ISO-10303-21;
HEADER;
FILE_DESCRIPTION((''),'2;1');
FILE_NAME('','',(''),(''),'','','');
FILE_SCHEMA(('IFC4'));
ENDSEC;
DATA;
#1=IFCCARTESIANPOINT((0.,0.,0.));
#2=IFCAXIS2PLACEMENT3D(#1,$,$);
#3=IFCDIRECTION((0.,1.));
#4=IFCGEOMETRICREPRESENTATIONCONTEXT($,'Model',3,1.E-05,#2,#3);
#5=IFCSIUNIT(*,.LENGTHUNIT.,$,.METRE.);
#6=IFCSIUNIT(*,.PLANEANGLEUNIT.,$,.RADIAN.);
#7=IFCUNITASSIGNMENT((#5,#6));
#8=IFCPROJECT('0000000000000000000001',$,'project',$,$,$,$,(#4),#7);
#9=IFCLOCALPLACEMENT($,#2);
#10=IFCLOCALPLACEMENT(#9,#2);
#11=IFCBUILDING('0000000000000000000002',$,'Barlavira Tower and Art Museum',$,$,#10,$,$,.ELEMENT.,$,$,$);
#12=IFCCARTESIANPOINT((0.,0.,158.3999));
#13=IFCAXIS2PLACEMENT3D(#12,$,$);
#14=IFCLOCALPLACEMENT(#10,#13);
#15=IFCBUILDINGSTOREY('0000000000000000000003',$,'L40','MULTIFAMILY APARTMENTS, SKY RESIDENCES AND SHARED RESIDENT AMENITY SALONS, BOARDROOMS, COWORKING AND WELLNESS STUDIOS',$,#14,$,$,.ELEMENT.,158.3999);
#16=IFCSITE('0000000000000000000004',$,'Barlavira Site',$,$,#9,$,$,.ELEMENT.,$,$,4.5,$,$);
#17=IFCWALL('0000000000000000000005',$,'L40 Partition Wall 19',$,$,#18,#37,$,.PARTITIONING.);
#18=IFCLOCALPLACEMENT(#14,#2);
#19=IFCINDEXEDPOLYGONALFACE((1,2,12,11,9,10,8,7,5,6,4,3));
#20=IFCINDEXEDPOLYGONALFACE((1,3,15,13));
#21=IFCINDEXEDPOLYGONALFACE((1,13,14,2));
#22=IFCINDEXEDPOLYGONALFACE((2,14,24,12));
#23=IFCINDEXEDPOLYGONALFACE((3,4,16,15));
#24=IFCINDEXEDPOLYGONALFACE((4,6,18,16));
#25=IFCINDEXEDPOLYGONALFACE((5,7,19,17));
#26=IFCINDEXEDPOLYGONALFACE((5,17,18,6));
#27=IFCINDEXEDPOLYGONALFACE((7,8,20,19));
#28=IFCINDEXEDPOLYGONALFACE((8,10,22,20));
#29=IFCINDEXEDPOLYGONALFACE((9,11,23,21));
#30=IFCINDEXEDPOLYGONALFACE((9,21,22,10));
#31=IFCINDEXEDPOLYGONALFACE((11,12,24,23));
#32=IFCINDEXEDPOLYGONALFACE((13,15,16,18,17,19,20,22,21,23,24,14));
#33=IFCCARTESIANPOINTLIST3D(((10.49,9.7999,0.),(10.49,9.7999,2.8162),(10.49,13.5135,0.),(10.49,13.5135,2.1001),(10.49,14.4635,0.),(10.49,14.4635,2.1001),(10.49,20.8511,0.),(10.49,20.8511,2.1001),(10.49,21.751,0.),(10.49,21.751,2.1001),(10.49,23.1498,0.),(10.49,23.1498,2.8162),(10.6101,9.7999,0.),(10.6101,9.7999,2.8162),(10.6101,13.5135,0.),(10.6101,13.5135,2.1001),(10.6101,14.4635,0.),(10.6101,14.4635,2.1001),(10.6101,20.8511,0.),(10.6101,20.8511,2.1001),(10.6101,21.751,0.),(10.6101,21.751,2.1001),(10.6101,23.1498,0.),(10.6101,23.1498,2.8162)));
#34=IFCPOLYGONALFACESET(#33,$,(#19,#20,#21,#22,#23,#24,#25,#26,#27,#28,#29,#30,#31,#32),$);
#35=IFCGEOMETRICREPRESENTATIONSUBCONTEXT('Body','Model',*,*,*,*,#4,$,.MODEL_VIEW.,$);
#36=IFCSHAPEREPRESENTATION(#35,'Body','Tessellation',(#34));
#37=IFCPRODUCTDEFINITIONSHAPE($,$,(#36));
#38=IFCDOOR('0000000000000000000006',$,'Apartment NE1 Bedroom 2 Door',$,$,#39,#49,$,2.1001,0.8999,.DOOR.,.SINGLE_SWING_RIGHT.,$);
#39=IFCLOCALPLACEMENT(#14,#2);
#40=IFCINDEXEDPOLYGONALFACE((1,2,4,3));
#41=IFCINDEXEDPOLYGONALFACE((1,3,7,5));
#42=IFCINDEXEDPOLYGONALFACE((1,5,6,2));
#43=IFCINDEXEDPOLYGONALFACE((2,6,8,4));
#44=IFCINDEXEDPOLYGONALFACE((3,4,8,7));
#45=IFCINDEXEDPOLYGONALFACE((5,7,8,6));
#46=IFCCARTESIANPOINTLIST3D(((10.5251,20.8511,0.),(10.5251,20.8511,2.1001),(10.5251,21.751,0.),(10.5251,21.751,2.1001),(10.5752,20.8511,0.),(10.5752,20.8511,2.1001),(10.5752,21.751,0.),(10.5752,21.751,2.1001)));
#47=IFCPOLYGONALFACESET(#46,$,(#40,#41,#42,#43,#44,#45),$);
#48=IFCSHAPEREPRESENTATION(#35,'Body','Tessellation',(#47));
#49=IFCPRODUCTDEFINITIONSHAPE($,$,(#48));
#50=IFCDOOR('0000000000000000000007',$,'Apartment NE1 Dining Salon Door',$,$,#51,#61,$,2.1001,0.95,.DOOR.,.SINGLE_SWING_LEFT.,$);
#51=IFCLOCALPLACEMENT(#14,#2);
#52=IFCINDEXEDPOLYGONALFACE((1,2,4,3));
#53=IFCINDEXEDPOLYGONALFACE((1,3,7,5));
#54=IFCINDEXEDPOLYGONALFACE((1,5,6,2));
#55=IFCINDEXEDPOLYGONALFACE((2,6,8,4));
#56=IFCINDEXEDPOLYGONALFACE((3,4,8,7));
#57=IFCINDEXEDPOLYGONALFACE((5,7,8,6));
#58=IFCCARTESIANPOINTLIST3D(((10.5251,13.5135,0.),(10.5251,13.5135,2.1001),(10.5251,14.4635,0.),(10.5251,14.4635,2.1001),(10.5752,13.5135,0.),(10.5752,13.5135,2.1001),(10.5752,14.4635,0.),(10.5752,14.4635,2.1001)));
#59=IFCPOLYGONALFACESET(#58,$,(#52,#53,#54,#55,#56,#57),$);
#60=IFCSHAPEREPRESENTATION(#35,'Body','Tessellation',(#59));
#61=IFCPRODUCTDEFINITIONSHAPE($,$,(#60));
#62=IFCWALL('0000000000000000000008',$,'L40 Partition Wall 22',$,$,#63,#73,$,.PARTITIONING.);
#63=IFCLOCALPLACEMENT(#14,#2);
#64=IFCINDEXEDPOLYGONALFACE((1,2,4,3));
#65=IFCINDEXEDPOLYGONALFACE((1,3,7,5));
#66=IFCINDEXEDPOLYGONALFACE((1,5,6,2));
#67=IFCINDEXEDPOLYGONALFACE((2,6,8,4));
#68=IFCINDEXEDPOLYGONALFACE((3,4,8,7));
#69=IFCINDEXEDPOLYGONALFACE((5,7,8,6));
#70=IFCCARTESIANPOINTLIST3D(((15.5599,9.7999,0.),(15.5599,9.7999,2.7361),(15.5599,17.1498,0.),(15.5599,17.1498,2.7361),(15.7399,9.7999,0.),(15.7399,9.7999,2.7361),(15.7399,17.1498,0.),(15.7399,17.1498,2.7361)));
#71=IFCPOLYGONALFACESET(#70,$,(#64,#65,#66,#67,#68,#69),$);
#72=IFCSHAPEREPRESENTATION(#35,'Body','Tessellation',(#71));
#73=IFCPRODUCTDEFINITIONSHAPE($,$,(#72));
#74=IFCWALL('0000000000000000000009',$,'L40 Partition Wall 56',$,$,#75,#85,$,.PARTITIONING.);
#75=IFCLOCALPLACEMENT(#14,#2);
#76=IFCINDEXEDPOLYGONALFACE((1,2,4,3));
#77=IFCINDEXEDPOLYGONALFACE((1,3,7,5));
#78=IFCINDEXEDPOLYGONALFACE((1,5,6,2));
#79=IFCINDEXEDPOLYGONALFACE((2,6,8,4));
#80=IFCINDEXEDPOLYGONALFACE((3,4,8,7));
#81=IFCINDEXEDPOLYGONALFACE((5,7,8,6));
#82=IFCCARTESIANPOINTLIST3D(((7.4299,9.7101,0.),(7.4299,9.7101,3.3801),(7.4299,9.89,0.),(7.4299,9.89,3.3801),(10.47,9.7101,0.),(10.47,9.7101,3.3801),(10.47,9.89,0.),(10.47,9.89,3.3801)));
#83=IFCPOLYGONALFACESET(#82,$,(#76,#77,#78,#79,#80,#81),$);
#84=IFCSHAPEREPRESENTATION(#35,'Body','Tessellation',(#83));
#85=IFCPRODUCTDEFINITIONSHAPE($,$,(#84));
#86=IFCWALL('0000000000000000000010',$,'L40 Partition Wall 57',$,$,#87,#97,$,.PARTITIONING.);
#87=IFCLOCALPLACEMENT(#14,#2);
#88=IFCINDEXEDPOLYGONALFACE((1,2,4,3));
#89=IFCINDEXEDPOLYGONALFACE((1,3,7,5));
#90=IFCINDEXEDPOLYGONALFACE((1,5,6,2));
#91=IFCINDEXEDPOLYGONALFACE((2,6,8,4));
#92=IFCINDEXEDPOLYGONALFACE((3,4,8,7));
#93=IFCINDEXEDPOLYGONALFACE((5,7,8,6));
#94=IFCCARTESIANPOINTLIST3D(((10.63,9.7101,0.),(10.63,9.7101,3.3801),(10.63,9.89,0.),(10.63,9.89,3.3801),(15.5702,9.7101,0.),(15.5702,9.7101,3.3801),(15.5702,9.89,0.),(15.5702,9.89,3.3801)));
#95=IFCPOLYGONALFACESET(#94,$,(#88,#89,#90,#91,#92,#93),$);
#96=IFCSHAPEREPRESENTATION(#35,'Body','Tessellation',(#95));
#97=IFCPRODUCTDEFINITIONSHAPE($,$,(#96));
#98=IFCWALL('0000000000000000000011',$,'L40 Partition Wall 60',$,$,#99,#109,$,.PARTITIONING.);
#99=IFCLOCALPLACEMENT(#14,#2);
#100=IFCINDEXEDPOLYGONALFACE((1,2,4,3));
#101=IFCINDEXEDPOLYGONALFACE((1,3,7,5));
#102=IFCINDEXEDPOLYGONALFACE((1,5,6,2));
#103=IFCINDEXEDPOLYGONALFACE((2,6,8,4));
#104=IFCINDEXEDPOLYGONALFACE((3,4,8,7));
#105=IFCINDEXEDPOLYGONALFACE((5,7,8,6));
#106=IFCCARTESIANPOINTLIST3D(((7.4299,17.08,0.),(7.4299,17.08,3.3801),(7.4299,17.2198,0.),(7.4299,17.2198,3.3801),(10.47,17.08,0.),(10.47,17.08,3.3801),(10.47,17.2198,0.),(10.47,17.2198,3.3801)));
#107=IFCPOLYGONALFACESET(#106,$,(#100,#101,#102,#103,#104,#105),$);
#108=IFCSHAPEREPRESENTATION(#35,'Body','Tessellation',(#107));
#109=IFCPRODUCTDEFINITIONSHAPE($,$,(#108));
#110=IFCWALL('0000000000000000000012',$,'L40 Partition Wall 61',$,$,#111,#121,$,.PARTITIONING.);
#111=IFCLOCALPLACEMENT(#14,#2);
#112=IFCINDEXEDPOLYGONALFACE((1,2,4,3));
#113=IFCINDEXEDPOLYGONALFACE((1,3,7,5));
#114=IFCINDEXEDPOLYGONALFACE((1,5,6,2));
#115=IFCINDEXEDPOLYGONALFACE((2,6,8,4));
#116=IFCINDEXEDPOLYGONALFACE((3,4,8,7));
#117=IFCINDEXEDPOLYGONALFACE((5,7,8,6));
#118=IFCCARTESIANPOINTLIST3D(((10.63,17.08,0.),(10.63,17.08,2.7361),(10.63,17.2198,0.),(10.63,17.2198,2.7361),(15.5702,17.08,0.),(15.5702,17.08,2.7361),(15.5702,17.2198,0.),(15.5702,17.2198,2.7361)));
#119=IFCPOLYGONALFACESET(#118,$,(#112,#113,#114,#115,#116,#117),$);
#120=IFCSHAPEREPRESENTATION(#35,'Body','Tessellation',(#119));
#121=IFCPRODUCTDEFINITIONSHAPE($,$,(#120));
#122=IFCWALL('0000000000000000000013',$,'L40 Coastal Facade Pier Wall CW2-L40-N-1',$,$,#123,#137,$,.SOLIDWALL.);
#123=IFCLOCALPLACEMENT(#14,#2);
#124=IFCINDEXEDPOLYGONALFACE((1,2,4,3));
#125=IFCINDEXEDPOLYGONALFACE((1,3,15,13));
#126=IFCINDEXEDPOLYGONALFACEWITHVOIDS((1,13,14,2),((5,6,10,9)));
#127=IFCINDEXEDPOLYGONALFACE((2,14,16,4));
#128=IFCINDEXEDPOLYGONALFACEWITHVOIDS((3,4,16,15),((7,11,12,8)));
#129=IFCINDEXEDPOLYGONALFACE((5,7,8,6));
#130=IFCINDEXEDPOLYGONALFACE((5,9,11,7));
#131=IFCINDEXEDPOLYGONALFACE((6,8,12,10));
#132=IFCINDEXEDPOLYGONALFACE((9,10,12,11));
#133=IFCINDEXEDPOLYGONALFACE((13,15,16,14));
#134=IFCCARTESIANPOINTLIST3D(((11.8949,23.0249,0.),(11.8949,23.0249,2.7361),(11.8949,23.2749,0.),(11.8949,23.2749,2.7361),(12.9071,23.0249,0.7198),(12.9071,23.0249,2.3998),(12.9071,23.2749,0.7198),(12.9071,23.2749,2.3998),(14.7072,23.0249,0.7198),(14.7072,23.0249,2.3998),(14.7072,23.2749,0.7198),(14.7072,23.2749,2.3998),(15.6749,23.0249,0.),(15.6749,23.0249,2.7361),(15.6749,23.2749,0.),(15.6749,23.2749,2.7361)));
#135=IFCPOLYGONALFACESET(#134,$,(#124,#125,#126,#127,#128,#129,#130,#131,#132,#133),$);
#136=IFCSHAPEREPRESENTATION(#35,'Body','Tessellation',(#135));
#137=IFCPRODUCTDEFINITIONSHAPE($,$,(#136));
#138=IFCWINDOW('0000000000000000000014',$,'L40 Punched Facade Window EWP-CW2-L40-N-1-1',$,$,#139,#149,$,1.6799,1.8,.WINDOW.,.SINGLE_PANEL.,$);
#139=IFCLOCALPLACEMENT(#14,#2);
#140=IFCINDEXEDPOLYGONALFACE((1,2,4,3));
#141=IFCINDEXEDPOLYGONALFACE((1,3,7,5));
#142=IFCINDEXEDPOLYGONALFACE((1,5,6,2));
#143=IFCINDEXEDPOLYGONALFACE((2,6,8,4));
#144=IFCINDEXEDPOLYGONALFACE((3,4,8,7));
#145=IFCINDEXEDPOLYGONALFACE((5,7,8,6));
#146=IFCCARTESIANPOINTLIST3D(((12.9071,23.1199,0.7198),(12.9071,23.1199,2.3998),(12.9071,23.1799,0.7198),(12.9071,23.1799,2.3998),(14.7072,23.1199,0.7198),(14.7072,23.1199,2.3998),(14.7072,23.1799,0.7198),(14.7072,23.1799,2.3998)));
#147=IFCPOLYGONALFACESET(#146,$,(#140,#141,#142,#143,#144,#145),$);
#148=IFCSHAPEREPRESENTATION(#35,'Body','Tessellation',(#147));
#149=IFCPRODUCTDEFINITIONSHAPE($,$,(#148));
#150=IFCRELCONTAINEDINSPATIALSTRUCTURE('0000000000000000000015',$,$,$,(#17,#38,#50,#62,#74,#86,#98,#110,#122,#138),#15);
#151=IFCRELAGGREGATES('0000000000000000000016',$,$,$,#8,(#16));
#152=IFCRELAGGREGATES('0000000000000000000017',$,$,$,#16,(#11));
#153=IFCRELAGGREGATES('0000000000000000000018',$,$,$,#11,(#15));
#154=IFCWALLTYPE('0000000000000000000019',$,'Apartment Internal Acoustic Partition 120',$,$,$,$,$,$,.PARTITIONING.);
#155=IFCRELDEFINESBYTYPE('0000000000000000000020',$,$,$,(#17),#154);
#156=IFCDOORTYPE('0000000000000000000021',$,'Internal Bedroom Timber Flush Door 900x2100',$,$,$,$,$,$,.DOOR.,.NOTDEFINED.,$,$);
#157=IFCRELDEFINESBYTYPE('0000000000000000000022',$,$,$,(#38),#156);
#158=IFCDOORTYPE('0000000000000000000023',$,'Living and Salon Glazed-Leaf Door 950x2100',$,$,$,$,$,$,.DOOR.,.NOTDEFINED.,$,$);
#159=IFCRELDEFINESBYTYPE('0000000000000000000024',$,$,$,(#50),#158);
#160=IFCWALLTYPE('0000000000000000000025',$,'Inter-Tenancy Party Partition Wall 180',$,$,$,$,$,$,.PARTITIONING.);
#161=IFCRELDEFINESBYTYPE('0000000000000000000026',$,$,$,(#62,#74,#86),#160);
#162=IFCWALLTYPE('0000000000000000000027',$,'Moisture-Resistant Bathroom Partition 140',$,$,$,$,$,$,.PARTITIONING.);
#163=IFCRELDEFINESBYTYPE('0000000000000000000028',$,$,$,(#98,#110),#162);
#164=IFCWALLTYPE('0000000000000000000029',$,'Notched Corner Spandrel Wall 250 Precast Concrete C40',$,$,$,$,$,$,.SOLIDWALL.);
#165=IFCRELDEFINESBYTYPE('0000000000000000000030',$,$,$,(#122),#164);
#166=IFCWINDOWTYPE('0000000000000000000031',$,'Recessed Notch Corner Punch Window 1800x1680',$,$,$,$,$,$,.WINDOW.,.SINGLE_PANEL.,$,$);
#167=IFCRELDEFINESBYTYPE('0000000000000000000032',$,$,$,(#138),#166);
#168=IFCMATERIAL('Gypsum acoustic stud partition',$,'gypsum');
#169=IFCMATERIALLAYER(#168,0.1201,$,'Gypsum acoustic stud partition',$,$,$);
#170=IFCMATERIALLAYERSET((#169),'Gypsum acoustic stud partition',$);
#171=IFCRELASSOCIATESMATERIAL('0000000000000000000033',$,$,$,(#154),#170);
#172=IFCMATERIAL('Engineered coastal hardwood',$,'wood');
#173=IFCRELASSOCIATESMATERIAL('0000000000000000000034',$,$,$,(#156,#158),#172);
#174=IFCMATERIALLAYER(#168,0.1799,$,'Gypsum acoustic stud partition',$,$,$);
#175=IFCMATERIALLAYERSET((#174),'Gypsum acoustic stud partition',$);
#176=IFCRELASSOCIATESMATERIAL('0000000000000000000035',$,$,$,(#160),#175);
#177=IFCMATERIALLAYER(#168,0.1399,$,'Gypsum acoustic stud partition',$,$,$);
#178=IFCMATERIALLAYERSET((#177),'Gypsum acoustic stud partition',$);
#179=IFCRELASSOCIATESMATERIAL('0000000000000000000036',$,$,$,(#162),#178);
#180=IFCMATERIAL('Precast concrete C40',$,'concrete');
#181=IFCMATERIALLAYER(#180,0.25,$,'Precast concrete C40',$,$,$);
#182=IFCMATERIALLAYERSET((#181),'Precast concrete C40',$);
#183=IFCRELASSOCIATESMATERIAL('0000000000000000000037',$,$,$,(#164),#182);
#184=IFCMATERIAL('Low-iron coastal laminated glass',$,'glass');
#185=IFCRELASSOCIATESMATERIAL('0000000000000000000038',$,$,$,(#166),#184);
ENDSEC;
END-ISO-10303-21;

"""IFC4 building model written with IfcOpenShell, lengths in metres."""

from ifc_helpers import new_model, si_unit, direction, frame, frame_2d, origin, place, context, subcontext, project, spatial, rectangle, extrude, material, layer, layer_set, type_object, element, fill, save


model = new_model("IFC4")

# Units and contexts
model_context = context("Model", 3, precision=1e-05, world=origin(), true_north=direction((0.0, 1.0)))
body_context = subcontext(model_context, "Body", "Model", "MODEL_VIEW")
ifc_project = project(units=[si_unit("LENGTHUNIT", "METRE"), si_unit("PLANEANGLEUNIT", "RADIAN")], contexts=[model_context])

# Site, building, storey
site_placement = place(None, origin())
site = spatial("IfcSite", under=ifc_project, at=site_placement, Name="Barlavira Site", CompositionType="ELEMENT", RefElevation=4.5)
building_placement = place(site_placement, origin())
building = spatial("IfcBuilding", under=site, at=building_placement, Name="Barlavira Tower and Art Museum", CompositionType="ELEMENT")
storey_placement = place(building_placement, frame((0.0, 0.0, 158.3999)))
storey = spatial("IfcBuildingStorey", under=building, at=storey_placement, Name="L40", Description="MULTIFAMILY APARTMENTS, SKY RESIDENCES AND SHARED RESIDENT AMENITY SALONS, BOARDROOMS, COWORKING AND WELLNESS STUDIOS", CompositionType="ELEMENT", Elevation=158.3999)

# Wall, openings, doors
ifc_material_1 = material(Name="Gypsum acoustic stud partition", Category="gypsum")
ifc_layer_1 = layer(ifc_material_1, 0.1201, Name="Gypsum acoustic stud partition")
ifc_layer_set_1 = layer_set([ifc_layer_1], Name="Gypsum acoustic stud partition")
wall_type_1 = type_object("IfcWallType", Name="Apartment Internal Acoustic Partition 120", PredefinedType="PARTITIONING", material=ifc_layer_set_1)
wall_1_placement = place(storey_placement, frame((10.55, 9.8, 0.0), z_axis=(0.0, 0.0, 1.0), x_axis=(0.0, 1.0, 0.0)))
wall_1 = element("IfcWall", 1, at=wall_1_placement, inside=storey, type_object=wall_type_1, Name="L40 Partition Wall 19", PredefinedType="PARTITIONING", context=body_context, shape_type="SweptSolid", body=[
    extrude(rectangle(XDim=13.3499, YDim=0.1201, at=frame_2d((6.6748, 0.0))), origin(), (0.0, 0.0, 1.0), 2.8162),
])
opening_1_placement = place(wall_1_placement, frame((3.7134, 0.0, 0.0)))
opening_1 = element("IfcOpeningElement", 2, at=opening_1_placement, cuts=wall_1, PredefinedType="OPENING", context=body_context, shape_type="SweptSolid", body=[
    extrude(rectangle(XDim=0.95, YDim=2.1001, at=frame_2d((0.4751, 1.05))), frame((0.0, 0.0701, 0.0), z_axis=(0.0, -1.0, 0.0), x_axis=(1.0, 0.0, 0.0)), (0.0, 0.0, 1.0), 0.1401),
])
opening_2_placement = place(wall_1_placement, frame((11.051, 0.0, 0.0)))
opening_2 = element("IfcOpeningElement", 3, at=opening_2_placement, cuts=wall_1, PredefinedType="OPENING", context=body_context, shape_type="SweptSolid", body=[
    extrude(rectangle(XDim=0.8999, YDim=2.1001, at=frame_2d((0.45, 1.05))), frame((0.0, 0.0701, 0.0), z_axis=(0.0, -1.0, 0.0), x_axis=(1.0, 0.0, 0.0)), (0.0, 0.0, 1.0), 0.1401),
])
ifc_material_2 = material(Name="Engineered coastal hardwood", Category="wood")
door_type_1 = type_object("IfcDoorType", Name="Internal Bedroom Timber Flush Door 900x2100", OperationType="NOTDEFINED", PredefinedType="DOOR", material=ifc_material_2)
door_1_placement = place(opening_2_placement, origin())
door_1 = element("IfcDoor", 4, at=door_1_placement, inside=storey, type_object=door_type_1, Name="Apartment NE1 Bedroom 2 Door", OperationType="SINGLE_SWING_RIGHT", OverallHeight=2.1001, OverallWidth=0.8999, PredefinedType="DOOR", context=body_context, shape_type="SweptSolid", body=[
    extrude(rectangle(XDim=0.8999, YDim=2.1001, at=frame_2d((0.45, 1.05))), frame((0.0, 0.0249, 0.0), z_axis=(0.0, -1.0, 0.0), x_axis=(1.0, 0.0, 0.0)), (0.0, 0.0, 1.0), 0.05),
])
fill(opening_2, door_1)
door_type_2 = type_object("IfcDoorType", Name="Living and Salon Glazed-Leaf Door 950x2100", OperationType="NOTDEFINED", PredefinedType="DOOR", material=ifc_material_2)
door_2_placement = place(opening_1_placement, origin())
door_2 = element("IfcDoor", 5, at=door_2_placement, inside=storey, type_object=door_type_2, Name="Apartment NE1 Dining Salon Door", OperationType="SINGLE_SWING_LEFT", OverallHeight=2.1001, OverallWidth=0.95, PredefinedType="DOOR", context=body_context, shape_type="SweptSolid", body=[
    extrude(rectangle(XDim=0.95, YDim=2.1001, at=frame_2d((0.4751, 1.05))), frame((0.0, 0.0249, 0.0), z_axis=(0.0, -1.0, 0.0), x_axis=(1.0, 0.0, 0.0)), (0.0, 0.0, 1.0), 0.05),
])
fill(opening_1, door_2)

# Walls
ifc_layer_2 = layer(ifc_material_1, 0.1799, Name="Gypsum acoustic stud partition")
ifc_layer_set_2 = layer_set([ifc_layer_2], Name="Gypsum acoustic stud partition")
wall_type_2 = type_object("IfcWallType", Name="Inter-Tenancy Party Partition Wall 180", PredefinedType="PARTITIONING", material=ifc_layer_set_2)
wall_2_placement = place(storey_placement, frame((15.6499, 9.8, 0.0), z_axis=(0.0, 0.0, 1.0), x_axis=(0.0, 1.0, 0.0)))
element("IfcWall", 6, at=wall_2_placement, inside=storey, type_object=wall_type_2, Name="L40 Partition Wall 22", PredefinedType="PARTITIONING", context=body_context, shape_type="SweptSolid", body=[
    extrude(rectangle(XDim=7.3499, YDim=0.1799, at=frame_2d((3.6748, 0.0))), origin(), (0.0, 0.0, 1.0), 2.7361),
])
wall_3_placement = place(storey_placement, frame((7.4299, 9.8, 0.0), z_axis=(0.0, 0.0, 1.0), x_axis=(1.0, 0.0, 0.0)))
element("IfcWall", 7, at=wall_3_placement, inside=storey, type_object=wall_type_2, Name="L40 Partition Wall 56", PredefinedType="PARTITIONING", context=body_context, shape_type="SweptSolid", body=[
    extrude(rectangle(XDim=3.04, YDim=0.1799, at=frame_2d((1.52, 0.0))), origin(), (0.0, 0.0, 1.0), 3.3801),
])
wall_4_placement = place(storey_placement, frame((10.6299, 9.8, 0.0), z_axis=(0.0, 0.0, 1.0), x_axis=(1.0, 0.0, 0.0)))
element("IfcWall", 8, at=wall_4_placement, inside=storey, type_object=wall_type_2, Name="L40 Partition Wall 57", PredefinedType="PARTITIONING", context=body_context, shape_type="SweptSolid", body=[
    extrude(rectangle(XDim=4.9402, YDim=0.1799, at=frame_2d((2.4702, 0.0))), origin(), (0.0, 0.0, 1.0), 3.3801),
])
ifc_layer_3 = layer(ifc_material_1, 0.1399, Name="Gypsum acoustic stud partition")
ifc_layer_set_3 = layer_set([ifc_layer_3], Name="Gypsum acoustic stud partition")
wall_type_3 = type_object("IfcWallType", Name="Moisture-Resistant Bathroom Partition 140", PredefinedType="PARTITIONING", material=ifc_layer_set_3)
wall_5_placement = place(storey_placement, frame((7.4299, 17.1499, 0.0), z_axis=(0.0, 0.0, 1.0), x_axis=(1.0, 0.0, 0.0)))
element("IfcWall", 9, at=wall_5_placement, inside=storey, type_object=wall_type_3, Name="L40 Partition Wall 60", PredefinedType="PARTITIONING", context=body_context, shape_type="SweptSolid", body=[
    extrude(rectangle(XDim=3.04, YDim=0.1399, at=frame_2d((1.52, 0.0))), origin(), (0.0, 0.0, 1.0), 3.3801),
])
wall_6_placement = place(storey_placement, frame((10.6299, 17.1499, 0.0), z_axis=(0.0, 0.0, 1.0), x_axis=(1.0, 0.0, 0.0)))
element("IfcWall", 10, at=wall_6_placement, inside=storey, type_object=wall_type_3, Name="L40 Partition Wall 61", PredefinedType="PARTITIONING", context=body_context, shape_type="SweptSolid", body=[
    extrude(rectangle(XDim=4.9402, YDim=0.1399, at=frame_2d((2.4702, 0.0))), origin(), (0.0, 0.0, 1.0), 2.7361),
])

# Wall, opening, window
ifc_material_3 = material(Name="Precast concrete C40", Category="concrete")
ifc_layer_4 = layer(ifc_material_3, 0.25, Name="Precast concrete C40")
ifc_layer_set_4 = layer_set([ifc_layer_4], Name="Precast concrete C40")
wall_type_4 = type_object("IfcWallType", Name="Notched Corner Spandrel Wall 250 Precast Concrete C40", PredefinedType="SOLIDWALL", material=ifc_layer_set_4)
wall_7_placement = place(storey_placement, frame((15.675, 23.1499, 0.0), z_axis=(0.0, 0.0, 1.0), x_axis=(-1.0, 0.0, 0.0)))
wall_7 = element("IfcWall", 11, at=wall_7_placement, inside=storey, type_object=wall_type_4, Name="L40 Coastal Facade Pier Wall CW2-L40-N-1", PredefinedType="SOLIDWALL", context=body_context, shape_type="SweptSolid", body=[
    extrude(rectangle(XDim=3.78, YDim=0.25, at=frame_2d((1.8901, 0.0))), origin(), (0.0, 0.0, 1.0), 2.7361),
])
opening_3_placement = place(wall_7_placement, frame((0.968, 0.0, 0.72)))
opening_3 = element("IfcOpeningElement", 12, at=opening_3_placement, cuts=wall_7, PredefinedType="OPENING", context=body_context, shape_type="SweptSolid", body=[
    extrude(rectangle(XDim=1.8, YDim=1.6799, at=frame_2d((0.8999, 0.8398))), frame((0.0, 0.135, 0.0), z_axis=(0.0, -1.0, 0.0), x_axis=(1.0, 0.0, 0.0)), (0.0, 0.0, 1.0), 0.27),
])
ifc_material_4 = material(Name="Low-iron coastal laminated glass", Category="glass")
window_type = type_object("IfcWindowType", Name="Recessed Notch Corner Punch Window 1800x1680", PartitioningType="SINGLE_PANEL", PredefinedType="WINDOW", material=ifc_material_4)
window_1_placement = place(opening_3_placement, origin())
window_1 = element("IfcWindow", 13, at=window_1_placement, inside=storey, type_object=window_type, Name="L40 Punched Facade Window EWP-CW2-L40-N-1-1", OverallHeight=1.6799, OverallWidth=1.8, PartitioningType="SINGLE_PANEL", PredefinedType="WINDOW", context=body_context, shape_type="SweptSolid", body=[
    extrude(rectangle(XDim=1.8, YDim=1.6799, at=frame_2d((0.8999, 0.8398))), frame((0.0, 0.03, 0.0), z_axis=(0.0, -1.0, 0.0), x_axis=(1.0, 0.0, 0.0)), (0.0, 0.0, 1.0), 0.0601),
])
fill(opening_3, window_1)

save(model, "model.ifc")
